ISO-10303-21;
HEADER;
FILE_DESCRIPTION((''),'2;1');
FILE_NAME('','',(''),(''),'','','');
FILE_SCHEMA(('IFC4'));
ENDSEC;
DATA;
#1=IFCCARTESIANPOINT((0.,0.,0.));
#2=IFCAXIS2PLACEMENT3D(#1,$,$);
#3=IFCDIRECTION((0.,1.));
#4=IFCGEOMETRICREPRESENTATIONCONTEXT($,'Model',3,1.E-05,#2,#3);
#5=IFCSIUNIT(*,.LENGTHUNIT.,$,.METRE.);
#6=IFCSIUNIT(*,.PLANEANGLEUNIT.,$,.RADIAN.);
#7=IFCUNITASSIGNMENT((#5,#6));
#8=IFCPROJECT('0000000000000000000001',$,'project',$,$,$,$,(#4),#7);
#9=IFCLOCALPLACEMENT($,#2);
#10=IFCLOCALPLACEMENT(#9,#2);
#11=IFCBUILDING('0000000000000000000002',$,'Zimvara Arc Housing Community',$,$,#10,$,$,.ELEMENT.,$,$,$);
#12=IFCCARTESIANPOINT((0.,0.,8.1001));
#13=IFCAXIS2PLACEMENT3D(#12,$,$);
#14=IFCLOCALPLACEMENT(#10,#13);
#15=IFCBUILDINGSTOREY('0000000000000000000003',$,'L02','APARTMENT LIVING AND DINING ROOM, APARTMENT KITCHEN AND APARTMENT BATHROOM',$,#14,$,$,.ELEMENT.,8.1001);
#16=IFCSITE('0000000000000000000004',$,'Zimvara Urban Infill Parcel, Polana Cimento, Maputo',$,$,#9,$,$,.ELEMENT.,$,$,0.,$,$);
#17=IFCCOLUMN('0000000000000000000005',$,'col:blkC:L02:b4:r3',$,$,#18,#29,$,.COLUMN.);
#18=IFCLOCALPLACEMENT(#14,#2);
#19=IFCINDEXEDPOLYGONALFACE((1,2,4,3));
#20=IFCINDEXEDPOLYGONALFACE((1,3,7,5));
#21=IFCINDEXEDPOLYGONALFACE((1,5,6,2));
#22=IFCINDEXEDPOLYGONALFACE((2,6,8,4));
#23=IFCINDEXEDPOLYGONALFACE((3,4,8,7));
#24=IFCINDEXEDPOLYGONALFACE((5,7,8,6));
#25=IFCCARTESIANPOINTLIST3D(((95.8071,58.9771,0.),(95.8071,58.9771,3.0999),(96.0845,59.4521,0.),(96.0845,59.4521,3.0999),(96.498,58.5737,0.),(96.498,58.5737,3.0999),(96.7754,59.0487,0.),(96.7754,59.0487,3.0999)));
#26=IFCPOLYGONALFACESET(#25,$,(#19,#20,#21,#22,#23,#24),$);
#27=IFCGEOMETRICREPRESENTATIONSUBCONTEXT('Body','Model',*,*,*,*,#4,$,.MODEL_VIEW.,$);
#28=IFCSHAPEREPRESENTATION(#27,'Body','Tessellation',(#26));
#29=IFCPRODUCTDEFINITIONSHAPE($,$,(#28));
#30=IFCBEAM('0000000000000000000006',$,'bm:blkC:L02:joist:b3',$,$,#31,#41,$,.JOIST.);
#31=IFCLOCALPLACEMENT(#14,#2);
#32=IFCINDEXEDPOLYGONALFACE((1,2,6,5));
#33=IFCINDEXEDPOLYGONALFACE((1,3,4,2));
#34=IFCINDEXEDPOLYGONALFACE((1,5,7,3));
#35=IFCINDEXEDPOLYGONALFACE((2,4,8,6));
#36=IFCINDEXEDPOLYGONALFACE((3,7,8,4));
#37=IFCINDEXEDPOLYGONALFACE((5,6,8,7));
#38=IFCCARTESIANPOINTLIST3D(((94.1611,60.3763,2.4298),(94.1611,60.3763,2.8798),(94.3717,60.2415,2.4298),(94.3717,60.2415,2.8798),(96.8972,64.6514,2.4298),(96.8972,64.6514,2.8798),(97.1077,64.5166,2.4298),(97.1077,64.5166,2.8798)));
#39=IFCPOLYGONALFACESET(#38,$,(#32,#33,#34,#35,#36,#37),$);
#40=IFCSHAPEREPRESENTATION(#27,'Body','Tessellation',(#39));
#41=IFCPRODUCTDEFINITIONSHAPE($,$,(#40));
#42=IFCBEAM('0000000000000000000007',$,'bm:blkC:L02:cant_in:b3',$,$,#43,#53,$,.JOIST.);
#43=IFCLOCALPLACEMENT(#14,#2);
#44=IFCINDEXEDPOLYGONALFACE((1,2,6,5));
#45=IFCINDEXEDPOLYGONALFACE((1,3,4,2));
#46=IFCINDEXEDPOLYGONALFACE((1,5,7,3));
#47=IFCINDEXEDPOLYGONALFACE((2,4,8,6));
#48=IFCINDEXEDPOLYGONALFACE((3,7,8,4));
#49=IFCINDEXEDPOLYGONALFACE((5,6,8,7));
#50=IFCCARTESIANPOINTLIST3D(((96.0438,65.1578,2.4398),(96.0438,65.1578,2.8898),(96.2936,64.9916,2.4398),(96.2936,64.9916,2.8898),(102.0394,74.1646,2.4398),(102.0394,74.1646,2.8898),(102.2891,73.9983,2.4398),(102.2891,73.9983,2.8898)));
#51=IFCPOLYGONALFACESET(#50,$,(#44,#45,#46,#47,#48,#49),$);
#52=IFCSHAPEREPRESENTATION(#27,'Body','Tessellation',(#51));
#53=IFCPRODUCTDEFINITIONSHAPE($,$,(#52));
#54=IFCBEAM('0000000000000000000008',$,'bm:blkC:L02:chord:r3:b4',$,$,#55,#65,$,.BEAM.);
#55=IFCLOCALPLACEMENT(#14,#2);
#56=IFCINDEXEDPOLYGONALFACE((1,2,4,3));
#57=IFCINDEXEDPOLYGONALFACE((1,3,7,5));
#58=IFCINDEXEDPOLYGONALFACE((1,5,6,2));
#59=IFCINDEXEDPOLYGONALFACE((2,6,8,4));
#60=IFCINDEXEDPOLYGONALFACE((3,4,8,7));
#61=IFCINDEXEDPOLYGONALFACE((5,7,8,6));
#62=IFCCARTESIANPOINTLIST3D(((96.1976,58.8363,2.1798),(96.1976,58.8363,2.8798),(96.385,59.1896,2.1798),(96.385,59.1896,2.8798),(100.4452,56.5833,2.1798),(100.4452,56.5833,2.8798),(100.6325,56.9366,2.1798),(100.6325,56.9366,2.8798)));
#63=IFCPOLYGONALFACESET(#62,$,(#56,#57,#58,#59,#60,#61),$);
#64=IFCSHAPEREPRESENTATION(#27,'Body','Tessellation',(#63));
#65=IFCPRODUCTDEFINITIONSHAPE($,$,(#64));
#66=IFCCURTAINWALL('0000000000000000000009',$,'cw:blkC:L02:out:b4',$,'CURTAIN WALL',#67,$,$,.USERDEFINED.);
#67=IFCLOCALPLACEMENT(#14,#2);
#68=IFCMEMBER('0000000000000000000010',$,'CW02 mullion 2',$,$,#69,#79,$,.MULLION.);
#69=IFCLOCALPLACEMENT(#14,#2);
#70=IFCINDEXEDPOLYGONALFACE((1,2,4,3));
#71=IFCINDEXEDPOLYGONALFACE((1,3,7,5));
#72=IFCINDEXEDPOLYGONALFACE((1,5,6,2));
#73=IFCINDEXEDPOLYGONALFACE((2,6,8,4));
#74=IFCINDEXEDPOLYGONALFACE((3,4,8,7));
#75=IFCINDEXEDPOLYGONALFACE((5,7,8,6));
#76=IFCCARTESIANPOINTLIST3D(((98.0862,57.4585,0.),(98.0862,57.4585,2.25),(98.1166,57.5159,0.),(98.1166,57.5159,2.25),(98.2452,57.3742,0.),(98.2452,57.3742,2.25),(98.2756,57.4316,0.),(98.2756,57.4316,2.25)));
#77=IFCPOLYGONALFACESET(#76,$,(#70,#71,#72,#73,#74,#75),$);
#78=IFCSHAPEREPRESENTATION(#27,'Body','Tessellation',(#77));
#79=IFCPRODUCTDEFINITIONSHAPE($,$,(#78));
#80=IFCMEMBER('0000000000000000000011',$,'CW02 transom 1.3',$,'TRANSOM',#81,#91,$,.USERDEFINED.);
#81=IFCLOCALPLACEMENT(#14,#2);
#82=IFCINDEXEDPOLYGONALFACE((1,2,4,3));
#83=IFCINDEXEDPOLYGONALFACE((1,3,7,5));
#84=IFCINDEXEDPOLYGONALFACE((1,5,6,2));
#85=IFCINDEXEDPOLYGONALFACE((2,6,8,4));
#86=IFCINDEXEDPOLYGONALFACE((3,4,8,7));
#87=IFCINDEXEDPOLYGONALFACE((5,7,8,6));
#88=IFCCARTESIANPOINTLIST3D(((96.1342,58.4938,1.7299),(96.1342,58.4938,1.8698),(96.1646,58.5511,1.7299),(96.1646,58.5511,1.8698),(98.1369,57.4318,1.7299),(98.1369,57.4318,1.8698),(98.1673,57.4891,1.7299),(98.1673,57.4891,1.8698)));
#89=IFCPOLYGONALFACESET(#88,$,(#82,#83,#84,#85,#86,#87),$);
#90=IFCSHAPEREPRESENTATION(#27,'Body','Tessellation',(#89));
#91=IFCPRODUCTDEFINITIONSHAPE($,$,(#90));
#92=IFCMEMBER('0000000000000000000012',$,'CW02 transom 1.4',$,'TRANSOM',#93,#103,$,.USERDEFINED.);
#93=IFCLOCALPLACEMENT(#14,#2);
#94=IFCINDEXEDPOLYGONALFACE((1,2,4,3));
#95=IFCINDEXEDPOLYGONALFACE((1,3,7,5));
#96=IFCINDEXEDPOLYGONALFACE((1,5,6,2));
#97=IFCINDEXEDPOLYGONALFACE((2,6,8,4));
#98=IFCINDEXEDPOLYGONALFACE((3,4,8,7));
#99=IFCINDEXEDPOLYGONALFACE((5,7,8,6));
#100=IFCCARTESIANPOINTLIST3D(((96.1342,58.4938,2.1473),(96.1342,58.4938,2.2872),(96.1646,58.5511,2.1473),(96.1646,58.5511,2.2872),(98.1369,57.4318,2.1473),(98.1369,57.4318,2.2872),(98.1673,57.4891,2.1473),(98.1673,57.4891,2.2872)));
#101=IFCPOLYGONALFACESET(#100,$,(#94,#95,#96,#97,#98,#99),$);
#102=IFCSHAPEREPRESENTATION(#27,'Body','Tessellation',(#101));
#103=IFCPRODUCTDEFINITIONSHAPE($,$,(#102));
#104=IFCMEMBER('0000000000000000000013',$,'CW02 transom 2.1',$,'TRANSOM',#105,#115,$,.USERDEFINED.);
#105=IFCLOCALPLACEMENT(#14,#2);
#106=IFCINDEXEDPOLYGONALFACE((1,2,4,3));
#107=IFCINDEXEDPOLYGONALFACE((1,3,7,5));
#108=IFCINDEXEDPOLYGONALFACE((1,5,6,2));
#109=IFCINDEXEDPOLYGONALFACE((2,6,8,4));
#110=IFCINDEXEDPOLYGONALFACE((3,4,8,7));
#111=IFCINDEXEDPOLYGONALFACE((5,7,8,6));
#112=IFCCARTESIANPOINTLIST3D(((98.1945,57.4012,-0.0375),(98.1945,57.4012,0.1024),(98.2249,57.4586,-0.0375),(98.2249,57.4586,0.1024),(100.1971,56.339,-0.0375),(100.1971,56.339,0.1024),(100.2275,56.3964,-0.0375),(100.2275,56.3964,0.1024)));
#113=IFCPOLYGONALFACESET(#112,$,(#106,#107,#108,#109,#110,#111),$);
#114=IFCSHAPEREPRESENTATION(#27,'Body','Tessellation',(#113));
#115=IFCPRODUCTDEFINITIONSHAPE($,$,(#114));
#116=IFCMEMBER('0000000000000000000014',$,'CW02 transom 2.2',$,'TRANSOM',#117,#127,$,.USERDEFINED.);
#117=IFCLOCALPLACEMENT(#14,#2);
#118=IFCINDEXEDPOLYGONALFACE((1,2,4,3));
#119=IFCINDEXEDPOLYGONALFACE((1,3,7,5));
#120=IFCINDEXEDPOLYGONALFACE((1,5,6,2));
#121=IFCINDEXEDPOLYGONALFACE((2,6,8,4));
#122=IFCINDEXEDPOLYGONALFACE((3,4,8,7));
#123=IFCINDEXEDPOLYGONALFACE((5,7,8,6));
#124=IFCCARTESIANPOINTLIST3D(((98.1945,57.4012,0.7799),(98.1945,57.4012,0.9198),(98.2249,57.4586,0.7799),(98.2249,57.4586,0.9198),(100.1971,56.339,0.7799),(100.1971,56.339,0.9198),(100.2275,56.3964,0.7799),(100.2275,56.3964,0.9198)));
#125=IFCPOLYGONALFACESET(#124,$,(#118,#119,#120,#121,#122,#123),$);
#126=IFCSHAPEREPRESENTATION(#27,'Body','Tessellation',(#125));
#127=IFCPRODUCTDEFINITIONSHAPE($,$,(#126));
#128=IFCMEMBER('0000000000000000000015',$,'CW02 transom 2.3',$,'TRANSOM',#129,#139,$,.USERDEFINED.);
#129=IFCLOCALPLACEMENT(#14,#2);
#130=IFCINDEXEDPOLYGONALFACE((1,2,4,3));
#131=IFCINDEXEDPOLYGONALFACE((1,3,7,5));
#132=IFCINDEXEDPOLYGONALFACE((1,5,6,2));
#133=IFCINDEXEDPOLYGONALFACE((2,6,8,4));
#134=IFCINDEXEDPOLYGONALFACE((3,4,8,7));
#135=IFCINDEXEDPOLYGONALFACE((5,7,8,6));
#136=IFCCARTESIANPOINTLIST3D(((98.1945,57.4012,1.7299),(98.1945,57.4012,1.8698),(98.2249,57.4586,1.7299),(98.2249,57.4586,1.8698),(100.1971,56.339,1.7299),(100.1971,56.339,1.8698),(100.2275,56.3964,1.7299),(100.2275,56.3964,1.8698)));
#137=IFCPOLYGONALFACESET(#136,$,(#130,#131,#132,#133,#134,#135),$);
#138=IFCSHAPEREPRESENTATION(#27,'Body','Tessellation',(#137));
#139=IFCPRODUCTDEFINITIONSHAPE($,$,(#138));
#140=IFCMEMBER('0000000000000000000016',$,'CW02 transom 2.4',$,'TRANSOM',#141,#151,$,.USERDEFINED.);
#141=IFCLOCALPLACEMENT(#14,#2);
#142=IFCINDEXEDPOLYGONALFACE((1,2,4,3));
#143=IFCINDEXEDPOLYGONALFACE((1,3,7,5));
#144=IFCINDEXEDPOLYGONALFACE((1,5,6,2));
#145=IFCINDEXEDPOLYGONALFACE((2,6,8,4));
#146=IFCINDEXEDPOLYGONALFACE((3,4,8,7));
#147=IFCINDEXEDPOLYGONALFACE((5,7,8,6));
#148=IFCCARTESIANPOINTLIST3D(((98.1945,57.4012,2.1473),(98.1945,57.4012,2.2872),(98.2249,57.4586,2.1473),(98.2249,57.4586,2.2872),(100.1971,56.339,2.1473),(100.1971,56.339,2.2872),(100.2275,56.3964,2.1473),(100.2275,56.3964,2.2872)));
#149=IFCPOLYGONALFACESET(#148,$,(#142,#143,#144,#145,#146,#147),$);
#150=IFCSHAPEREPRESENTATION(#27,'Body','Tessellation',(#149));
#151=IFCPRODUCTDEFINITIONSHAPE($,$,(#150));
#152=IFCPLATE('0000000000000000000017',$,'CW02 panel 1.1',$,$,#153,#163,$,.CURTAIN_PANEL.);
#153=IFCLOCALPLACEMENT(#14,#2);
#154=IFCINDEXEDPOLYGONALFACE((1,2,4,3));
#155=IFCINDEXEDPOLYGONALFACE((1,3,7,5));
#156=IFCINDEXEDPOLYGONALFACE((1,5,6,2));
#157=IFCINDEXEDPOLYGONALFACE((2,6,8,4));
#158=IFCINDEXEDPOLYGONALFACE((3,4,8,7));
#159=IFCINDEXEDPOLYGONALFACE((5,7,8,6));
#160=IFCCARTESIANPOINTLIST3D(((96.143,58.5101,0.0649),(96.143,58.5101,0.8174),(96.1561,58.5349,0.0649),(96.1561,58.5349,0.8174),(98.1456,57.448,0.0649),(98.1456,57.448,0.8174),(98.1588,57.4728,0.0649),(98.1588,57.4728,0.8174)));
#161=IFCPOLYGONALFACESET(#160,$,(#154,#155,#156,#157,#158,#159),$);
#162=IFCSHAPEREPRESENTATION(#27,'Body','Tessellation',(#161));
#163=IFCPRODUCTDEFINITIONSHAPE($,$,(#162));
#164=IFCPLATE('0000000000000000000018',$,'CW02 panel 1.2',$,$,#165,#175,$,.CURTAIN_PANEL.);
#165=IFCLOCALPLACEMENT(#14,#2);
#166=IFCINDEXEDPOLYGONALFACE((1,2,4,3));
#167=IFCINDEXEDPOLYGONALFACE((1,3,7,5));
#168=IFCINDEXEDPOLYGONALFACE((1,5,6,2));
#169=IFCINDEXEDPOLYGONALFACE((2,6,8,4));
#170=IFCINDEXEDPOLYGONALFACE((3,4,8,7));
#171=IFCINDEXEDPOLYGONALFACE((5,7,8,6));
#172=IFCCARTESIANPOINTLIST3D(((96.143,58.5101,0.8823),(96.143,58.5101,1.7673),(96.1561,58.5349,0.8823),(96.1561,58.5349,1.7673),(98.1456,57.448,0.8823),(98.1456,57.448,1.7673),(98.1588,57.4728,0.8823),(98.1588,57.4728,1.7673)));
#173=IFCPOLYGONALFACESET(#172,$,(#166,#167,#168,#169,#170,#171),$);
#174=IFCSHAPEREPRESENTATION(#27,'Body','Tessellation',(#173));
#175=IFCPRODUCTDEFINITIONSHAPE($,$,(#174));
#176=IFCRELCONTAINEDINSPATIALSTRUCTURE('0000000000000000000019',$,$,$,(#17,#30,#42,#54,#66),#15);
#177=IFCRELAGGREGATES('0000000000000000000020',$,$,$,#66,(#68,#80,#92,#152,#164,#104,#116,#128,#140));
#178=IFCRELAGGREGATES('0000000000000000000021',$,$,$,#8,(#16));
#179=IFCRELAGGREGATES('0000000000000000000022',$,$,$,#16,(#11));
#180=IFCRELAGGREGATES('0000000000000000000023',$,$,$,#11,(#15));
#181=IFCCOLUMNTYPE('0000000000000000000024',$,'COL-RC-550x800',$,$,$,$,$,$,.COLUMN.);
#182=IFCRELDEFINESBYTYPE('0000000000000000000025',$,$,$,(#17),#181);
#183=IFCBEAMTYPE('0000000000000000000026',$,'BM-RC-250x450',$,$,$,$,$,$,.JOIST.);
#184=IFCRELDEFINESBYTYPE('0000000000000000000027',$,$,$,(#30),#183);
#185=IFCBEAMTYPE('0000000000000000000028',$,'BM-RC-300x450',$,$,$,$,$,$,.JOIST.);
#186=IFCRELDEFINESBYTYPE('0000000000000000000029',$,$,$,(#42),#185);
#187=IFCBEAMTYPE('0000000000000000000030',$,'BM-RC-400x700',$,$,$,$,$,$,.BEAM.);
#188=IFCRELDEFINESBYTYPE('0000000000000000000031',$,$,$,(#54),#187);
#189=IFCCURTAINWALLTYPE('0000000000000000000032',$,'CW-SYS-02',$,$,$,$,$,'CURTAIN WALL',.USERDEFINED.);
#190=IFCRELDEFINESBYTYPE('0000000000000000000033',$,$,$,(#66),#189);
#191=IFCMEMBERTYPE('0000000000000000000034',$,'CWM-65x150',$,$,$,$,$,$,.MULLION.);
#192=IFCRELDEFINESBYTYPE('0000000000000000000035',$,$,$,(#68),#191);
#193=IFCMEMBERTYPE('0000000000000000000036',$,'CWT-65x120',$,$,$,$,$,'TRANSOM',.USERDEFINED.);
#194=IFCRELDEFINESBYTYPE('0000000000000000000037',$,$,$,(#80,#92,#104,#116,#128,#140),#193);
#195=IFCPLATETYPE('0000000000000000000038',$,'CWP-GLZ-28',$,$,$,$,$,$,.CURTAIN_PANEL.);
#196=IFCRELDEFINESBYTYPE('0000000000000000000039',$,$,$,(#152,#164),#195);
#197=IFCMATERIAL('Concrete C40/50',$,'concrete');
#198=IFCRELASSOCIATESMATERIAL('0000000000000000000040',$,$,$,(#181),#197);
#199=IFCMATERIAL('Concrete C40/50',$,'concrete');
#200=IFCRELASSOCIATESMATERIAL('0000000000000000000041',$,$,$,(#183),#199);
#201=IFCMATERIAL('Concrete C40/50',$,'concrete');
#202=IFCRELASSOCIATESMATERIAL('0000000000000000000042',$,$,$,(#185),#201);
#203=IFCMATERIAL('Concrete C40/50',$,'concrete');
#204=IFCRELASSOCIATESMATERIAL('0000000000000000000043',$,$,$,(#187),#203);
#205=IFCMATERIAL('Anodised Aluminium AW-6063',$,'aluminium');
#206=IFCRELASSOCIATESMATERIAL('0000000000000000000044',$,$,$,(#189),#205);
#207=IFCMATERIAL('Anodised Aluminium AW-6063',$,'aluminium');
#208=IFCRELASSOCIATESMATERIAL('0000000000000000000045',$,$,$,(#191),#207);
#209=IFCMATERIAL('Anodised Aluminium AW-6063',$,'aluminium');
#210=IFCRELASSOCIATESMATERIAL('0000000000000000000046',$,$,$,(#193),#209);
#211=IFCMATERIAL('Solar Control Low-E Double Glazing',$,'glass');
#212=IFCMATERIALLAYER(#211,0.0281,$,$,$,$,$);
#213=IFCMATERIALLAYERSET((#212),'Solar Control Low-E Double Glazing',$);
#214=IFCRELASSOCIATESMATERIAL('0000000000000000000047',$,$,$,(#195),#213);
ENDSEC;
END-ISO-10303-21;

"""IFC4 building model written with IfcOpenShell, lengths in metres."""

from ifc_helpers import new_model, si_unit, direction, frame, origin, origin_2d, place, context, subcontext, project, spatial, rectangle, extrude, material, layer, layer_set, material_profile, profile_set, type_object, element, aggregate, save


model = new_model("IFC4")

# Units and contexts
model_context = context("Model", 3, precision=1e-05, world=origin(), true_north=direction((0.0, 1.0)))
body_context = subcontext(model_context, "Body", "Model", "MODEL_VIEW")
ifc_project = project(units=[si_unit("LENGTHUNIT", "METRE"), si_unit("PLANEANGLEUNIT", "RADIAN")], contexts=[model_context])

# Site, building, storey
site_placement = place(None, origin())
site = spatial("IfcSite", under=ifc_project, at=site_placement, Name="Zimvara Urban Infill Parcel, Polana Cimento, Maputo", CompositionType="ELEMENT", RefElevation=0.0)
building_placement = place(site_placement, origin())
building = spatial("IfcBuilding", under=site, at=building_placement, Name="Zimvara Arc Housing Community", CompositionType="ELEMENT")
storey_placement = place(building_placement, frame((0.0, 0.0, 8.1001)))
storey = spatial("IfcBuildingStorey", under=building, at=storey_placement, Name="L02", Description="APARTMENT LIVING AND DINING ROOM, APARTMENT KITCHEN AND APARTMENT BATHROOM", CompositionType="ELEMENT", Elevation=8.1001)

# Column
ifc_material_1 = material(Name="Concrete C40/50", Category="concrete")
ifc_material_profile_1 = material_profile(ifc_material_1, rectangle(XDim=0.55, YDim=0.8, at=origin_2d()), Name="RC 550x800")
ifc_profile_set_1 = profile_set([ifc_material_profile_1], Name="Concrete C40/50")
column_type = type_object("IfcColumnType", Name="COL-RC-550x800", PredefinedType="COLUMN", material=ifc_profile_set_1)
column_placement = place(storey_placement, frame((96.2913, 59.0129, 0.0), z_axis=(0.0, 0.0, 1.0), x_axis=(-0.504226, -0.863572, 0.0)))
element("IfcColumn", 1, at=column_placement, inside=storey, type_object=column_type, Name="col:blkC:L02:b4:r3", PredefinedType="COLUMN", context=body_context, shape_type="SweptSolid", body=[
    extrude(rectangle(XDim=0.55, YDim=0.8, at=origin_2d()), origin(), (0.0, 0.0, 1.0), 3.0999),
])

# Beams
ifc_material_2 = material(Name="Concrete C40/50", Category="concrete")
ifc_material_profile_2 = material_profile(ifc_material_2, rectangle(XDim=0.25, YDim=0.45, at=origin_2d()), Name="RC 250x450")
ifc_profile_set_2 = profile_set([ifc_material_profile_2], Name="Concrete C40/50")
beam_type_1 = type_object("IfcBeamType", Name="BM-RC-250x450", PredefinedType="JOIST", material=ifc_profile_set_2)
beam_1_placement = place(storey_placement, frame((97.0024, 64.584, 2.6548), z_axis=(-0.539052, -0.842272, 0.0), x_axis=(0.842272, -0.539052, 0.0)))
element("IfcBeam", 2, at=beam_1_placement, inside=storey, type_object=beam_type_1, Name="bm:blkC:L02:joist:b3", PredefinedType="JOIST", context=body_context, shape_type="SweptSolid", body=[
    extrude(rectangle(XDim=0.25, YDim=0.45, at=origin_2d()), origin(), (0.0, 0.0, 1.0), 5.0757),
])
ifc_material_3 = material(Name="Concrete C40/50", Category="concrete")
ifc_material_profile_3 = material_profile(ifc_material_3, rectangle(XDim=0.3, YDim=0.45, at=origin_2d()), Name="RC 300x450")
ifc_profile_set_3 = profile_set([ifc_material_profile_3], Name="Concrete C40/50")
beam_type_2 = type_object("IfcBeamType", Name="BM-RC-300x450", PredefinedType="JOIST", material=ifc_profile_set_3)
beam_2_placement = place(storey_placement, frame((96.1687, 65.0747, 2.6648), z_axis=(0.554127, 0.832432, 0.0), x_axis=(-0.832432, 0.554127, 0.0)))
element("IfcBeam", 3, at=beam_2_placement, inside=storey, type_object=beam_type_2, Name="bm:blkC:L02:cant_in:b3", PredefinedType="JOIST", context=body_context, shape_type="SweptSolid", body=[
    extrude(rectangle(XDim=0.3, YDim=0.45, at=origin_2d()), origin(), (0.0, 0.0, 1.0), 10.8198),
])
ifc_material_4 = material(Name="Concrete C40/50", Category="concrete")
ifc_material_profile_4 = material_profile(ifc_material_4, rectangle(XDim=0.3999, YDim=0.7, at=origin_2d()), Name="RC 400x700")
ifc_profile_set_4 = profile_set([ifc_material_profile_4], Name="Concrete C40/50")
beam_type_3 = type_object("IfcBeamType", Name="BM-RC-400x700", PredefinedType="BEAM", material=ifc_profile_set_4)
beam_3_placement = place(storey_placement, frame((96.2913, 59.0129, 2.5298), z_axis=(0.883425, -0.468573, 0.0), x_axis=(0.468573, 0.883425, 0.0)))
element("IfcBeam", 4, at=beam_3_placement, inside=storey, type_object=beam_type_3, Name="bm:blkC:L02:chord:r3:b4", PredefinedType="BEAM", context=body_context, shape_type="SweptSolid", body=[
    extrude(rectangle(XDim=0.3999, YDim=0.7, at=origin_2d()), origin(), (0.0, 0.0, 1.0), 4.8081),
])

# Curtain wall, members, plates
ifc_material_5 = material(Name="Anodised Aluminium AW-6063", Category="aluminium")
curtain_wall_type = type_object("IfcCurtainWallType", Name="CW-SYS-02", ElementType="CURTAIN WALL", PredefinedType="USERDEFINED", material=ifc_material_5)
curtain_wall_placement = place(storey_placement, origin())
curtain_wall = element("IfcCurtainWall", 5, at=curtain_wall_placement, inside=storey, type_object=curtain_wall_type, Name="cw:blkC:L02:out:b4", ObjectType="CURTAIN WALL", PredefinedType="USERDEFINED")
ifc_material_6 = material(Name="Anodised Aluminium AW-6063", Category="aluminium")
ifc_material_profile_5 = material_profile(ifc_material_6, rectangle(XDim=0.0649, YDim=0.1799, at=origin_2d()), Name="ALU 65x180")
ifc_profile_set_5 = profile_set([ifc_material_profile_5], Name="Anodised Aluminium AW-6063")
member_type_1 = type_object("IfcMemberType", Name="CWM-65x150", PredefinedType="MULLION", material=ifc_profile_set_5)
member_1_placement = place(storey_placement, frame((98.1809, 57.4451, 0.0), z_axis=(0.0, 0.0, 1.0), x_axis=(0.468547, 0.883439, 0.0)))
member_1 = element("IfcMember", 6, at=member_1_placement, type_object=member_type_1, Name="CW02 mullion 2", PredefinedType="MULLION", context=body_context, shape_type="SweptSolid", body=[
    extrude(rectangle(XDim=0.0649, YDim=0.1799, at=origin_2d()), origin(), (0.0, 0.0, 1.0), 2.25),
])
ifc_material_7 = material(Name="Anodised Aluminium AW-6063", Category="aluminium")
ifc_material_profile_6 = material_profile(ifc_material_7, rectangle(XDim=0.0649, YDim=0.1399, at=origin_2d()), Name="ALU 65x140")
ifc_profile_set_6 = profile_set([ifc_material_profile_6], Name="Anodised Aluminium AW-6063")
member_type_2 = type_object("IfcMemberType", Name="CWT-65x120", ElementType="TRANSOM", PredefinedType="USERDEFINED", material=ifc_profile_set_6)
member_2_placement = place(storey_placement, frame((96.1494, 58.5225, 1.7998), z_axis=(0.883465, -0.468496, 0.0), x_axis=(0.468496, 0.883465, 0.0)))
member_2 = element("IfcMember", 7, at=member_2_placement, type_object=member_type_2, Name="CW02 transom 1.3", ObjectType="TRANSOM", PredefinedType="USERDEFINED", context=body_context, shape_type="SweptSolid", body=[
    extrude(rectangle(XDim=0.0649, YDim=0.1399, at=origin_2d()), origin(), (0.0, 0.0, 1.0), 2.2668),
])
member_3_placement = place(storey_placement, frame((96.1494, 58.5225, 2.2173), z_axis=(0.883465, -0.468496, 0.0), x_axis=(0.468496, 0.883465, 0.0)))
member_3 = element("IfcMember", 8, at=member_3_placement, type_object=member_type_2, Name="CW02 transom 1.4", ObjectType="TRANSOM", PredefinedType="USERDEFINED", context=body_context, shape_type="SweptSolid", body=[
    extrude(rectangle(XDim=0.0649, YDim=0.1399, at=origin_2d()), origin(), (0.0, 0.0, 1.0), 2.2668),
])
member_4_placement = place(storey_placement, frame((98.2097, 57.4299, 0.0325), z_axis=(0.883421, -0.46858, 0.0), x_axis=(0.46858, 0.883421, 0.0)))
member_4 = element("IfcMember", 9, at=member_4_placement, type_object=member_type_2, Name="CW02 transom 2.1", ObjectType="TRANSOM", PredefinedType="USERDEFINED", context=body_context, shape_type="SweptSolid", body=[
    extrude(rectangle(XDim=0.0649, YDim=0.1399, at=origin_2d()), origin(), (0.0, 0.0, 1.0), 2.2668),
])
member_5_placement = place(storey_placement, frame((98.2097, 57.4299, 0.8499), z_axis=(0.883421, -0.46858, 0.0), x_axis=(0.46858, 0.883421, 0.0)))
member_5 = element("IfcMember", 10, at=member_5_placement, type_object=member_type_2, Name="CW02 transom 2.2", ObjectType="TRANSOM", PredefinedType="USERDEFINED", context=body_context, shape_type="SweptSolid", body=[
    extrude(rectangle(XDim=0.0649, YDim=0.1399, at=origin_2d()), origin(), (0.0, 0.0, 1.0), 2.2668),
])
member_6_placement = place(storey_placement, frame((98.2097, 57.4299, 1.7998), z_axis=(0.883421, -0.46858, 0.0), x_axis=(0.46858, 0.883421, 0.0)))
member_6 = element("IfcMember", 11, at=member_6_placement, type_object=member_type_2, Name="CW02 transom 2.3", ObjectType="TRANSOM", PredefinedType="USERDEFINED", context=body_context, shape_type="SweptSolid", body=[
    extrude(rectangle(XDim=0.0649, YDim=0.1399, at=origin_2d()), origin(), (0.0, 0.0, 1.0), 2.2668),
])
member_7_placement = place(storey_placement, frame((98.2097, 57.4299, 2.2173), z_axis=(0.883421, -0.46858, 0.0), x_axis=(0.46858, 0.883421, 0.0)))
member_7 = element("IfcMember", 12, at=member_7_placement, type_object=member_type_2, Name="CW02 transom 2.4", ObjectType="TRANSOM", PredefinedType="USERDEFINED", context=body_context, shape_type="SweptSolid", body=[
    extrude(rectangle(XDim=0.0649, YDim=0.1399, at=origin_2d()), origin(), (0.0, 0.0, 1.0), 2.2668),
])
ifc_material_8 = material(Name="Solar Control Low-E Double Glazing", Category="glass")
ifc_layer_1 = layer(ifc_material_8, 0.0281)
ifc_layer_set_1 = layer_set([ifc_layer_1], Name="Solar Control Low-E Double Glazing")
plate_type = type_object("IfcPlateType", Name="CWP-GLZ-28", PredefinedType="CURTAIN_PANEL", material=ifc_layer_set_1)
plate_1_placement = place(storey_placement, frame((97.1509, 57.9915, 0.0649), z_axis=(0.0, 0.0, 1.0), x_axis=(0.883439, -0.468547, 0.0)))
plate_1 = element("IfcPlate", 13, at=plate_1_placement, type_object=plate_type, Name="CW02 panel 1.1", PredefinedType="CURTAIN_PANEL", context=body_context, shape_type="SweptSolid", body=[
    extrude(rectangle(XDim=2.2668, YDim=0.0281, at=origin_2d()), origin(), (0.0, 0.0, 1.0), 0.7524),
])
plate_2_placement = place(storey_placement, frame((97.1509, 57.9915, 0.8823), z_axis=(0.0, 0.0, 1.0), x_axis=(0.883439, -0.468547, 0.0)))
plate_2 = element("IfcPlate", 14, at=plate_2_placement, type_object=plate_type, Name="CW02 panel 1.2", PredefinedType="CURTAIN_PANEL", context=body_context, shape_type="SweptSolid", body=[
    extrude(rectangle(XDim=2.2668, YDim=0.0281, at=origin_2d()), origin(), (0.0, 0.0, 1.0), 0.885),
])
aggregate(curtain_wall, [member_1, member_2, member_3, plate_1, plate_2, member_4, member_5, member_6, member_7])

save(model, "model.ifc")
